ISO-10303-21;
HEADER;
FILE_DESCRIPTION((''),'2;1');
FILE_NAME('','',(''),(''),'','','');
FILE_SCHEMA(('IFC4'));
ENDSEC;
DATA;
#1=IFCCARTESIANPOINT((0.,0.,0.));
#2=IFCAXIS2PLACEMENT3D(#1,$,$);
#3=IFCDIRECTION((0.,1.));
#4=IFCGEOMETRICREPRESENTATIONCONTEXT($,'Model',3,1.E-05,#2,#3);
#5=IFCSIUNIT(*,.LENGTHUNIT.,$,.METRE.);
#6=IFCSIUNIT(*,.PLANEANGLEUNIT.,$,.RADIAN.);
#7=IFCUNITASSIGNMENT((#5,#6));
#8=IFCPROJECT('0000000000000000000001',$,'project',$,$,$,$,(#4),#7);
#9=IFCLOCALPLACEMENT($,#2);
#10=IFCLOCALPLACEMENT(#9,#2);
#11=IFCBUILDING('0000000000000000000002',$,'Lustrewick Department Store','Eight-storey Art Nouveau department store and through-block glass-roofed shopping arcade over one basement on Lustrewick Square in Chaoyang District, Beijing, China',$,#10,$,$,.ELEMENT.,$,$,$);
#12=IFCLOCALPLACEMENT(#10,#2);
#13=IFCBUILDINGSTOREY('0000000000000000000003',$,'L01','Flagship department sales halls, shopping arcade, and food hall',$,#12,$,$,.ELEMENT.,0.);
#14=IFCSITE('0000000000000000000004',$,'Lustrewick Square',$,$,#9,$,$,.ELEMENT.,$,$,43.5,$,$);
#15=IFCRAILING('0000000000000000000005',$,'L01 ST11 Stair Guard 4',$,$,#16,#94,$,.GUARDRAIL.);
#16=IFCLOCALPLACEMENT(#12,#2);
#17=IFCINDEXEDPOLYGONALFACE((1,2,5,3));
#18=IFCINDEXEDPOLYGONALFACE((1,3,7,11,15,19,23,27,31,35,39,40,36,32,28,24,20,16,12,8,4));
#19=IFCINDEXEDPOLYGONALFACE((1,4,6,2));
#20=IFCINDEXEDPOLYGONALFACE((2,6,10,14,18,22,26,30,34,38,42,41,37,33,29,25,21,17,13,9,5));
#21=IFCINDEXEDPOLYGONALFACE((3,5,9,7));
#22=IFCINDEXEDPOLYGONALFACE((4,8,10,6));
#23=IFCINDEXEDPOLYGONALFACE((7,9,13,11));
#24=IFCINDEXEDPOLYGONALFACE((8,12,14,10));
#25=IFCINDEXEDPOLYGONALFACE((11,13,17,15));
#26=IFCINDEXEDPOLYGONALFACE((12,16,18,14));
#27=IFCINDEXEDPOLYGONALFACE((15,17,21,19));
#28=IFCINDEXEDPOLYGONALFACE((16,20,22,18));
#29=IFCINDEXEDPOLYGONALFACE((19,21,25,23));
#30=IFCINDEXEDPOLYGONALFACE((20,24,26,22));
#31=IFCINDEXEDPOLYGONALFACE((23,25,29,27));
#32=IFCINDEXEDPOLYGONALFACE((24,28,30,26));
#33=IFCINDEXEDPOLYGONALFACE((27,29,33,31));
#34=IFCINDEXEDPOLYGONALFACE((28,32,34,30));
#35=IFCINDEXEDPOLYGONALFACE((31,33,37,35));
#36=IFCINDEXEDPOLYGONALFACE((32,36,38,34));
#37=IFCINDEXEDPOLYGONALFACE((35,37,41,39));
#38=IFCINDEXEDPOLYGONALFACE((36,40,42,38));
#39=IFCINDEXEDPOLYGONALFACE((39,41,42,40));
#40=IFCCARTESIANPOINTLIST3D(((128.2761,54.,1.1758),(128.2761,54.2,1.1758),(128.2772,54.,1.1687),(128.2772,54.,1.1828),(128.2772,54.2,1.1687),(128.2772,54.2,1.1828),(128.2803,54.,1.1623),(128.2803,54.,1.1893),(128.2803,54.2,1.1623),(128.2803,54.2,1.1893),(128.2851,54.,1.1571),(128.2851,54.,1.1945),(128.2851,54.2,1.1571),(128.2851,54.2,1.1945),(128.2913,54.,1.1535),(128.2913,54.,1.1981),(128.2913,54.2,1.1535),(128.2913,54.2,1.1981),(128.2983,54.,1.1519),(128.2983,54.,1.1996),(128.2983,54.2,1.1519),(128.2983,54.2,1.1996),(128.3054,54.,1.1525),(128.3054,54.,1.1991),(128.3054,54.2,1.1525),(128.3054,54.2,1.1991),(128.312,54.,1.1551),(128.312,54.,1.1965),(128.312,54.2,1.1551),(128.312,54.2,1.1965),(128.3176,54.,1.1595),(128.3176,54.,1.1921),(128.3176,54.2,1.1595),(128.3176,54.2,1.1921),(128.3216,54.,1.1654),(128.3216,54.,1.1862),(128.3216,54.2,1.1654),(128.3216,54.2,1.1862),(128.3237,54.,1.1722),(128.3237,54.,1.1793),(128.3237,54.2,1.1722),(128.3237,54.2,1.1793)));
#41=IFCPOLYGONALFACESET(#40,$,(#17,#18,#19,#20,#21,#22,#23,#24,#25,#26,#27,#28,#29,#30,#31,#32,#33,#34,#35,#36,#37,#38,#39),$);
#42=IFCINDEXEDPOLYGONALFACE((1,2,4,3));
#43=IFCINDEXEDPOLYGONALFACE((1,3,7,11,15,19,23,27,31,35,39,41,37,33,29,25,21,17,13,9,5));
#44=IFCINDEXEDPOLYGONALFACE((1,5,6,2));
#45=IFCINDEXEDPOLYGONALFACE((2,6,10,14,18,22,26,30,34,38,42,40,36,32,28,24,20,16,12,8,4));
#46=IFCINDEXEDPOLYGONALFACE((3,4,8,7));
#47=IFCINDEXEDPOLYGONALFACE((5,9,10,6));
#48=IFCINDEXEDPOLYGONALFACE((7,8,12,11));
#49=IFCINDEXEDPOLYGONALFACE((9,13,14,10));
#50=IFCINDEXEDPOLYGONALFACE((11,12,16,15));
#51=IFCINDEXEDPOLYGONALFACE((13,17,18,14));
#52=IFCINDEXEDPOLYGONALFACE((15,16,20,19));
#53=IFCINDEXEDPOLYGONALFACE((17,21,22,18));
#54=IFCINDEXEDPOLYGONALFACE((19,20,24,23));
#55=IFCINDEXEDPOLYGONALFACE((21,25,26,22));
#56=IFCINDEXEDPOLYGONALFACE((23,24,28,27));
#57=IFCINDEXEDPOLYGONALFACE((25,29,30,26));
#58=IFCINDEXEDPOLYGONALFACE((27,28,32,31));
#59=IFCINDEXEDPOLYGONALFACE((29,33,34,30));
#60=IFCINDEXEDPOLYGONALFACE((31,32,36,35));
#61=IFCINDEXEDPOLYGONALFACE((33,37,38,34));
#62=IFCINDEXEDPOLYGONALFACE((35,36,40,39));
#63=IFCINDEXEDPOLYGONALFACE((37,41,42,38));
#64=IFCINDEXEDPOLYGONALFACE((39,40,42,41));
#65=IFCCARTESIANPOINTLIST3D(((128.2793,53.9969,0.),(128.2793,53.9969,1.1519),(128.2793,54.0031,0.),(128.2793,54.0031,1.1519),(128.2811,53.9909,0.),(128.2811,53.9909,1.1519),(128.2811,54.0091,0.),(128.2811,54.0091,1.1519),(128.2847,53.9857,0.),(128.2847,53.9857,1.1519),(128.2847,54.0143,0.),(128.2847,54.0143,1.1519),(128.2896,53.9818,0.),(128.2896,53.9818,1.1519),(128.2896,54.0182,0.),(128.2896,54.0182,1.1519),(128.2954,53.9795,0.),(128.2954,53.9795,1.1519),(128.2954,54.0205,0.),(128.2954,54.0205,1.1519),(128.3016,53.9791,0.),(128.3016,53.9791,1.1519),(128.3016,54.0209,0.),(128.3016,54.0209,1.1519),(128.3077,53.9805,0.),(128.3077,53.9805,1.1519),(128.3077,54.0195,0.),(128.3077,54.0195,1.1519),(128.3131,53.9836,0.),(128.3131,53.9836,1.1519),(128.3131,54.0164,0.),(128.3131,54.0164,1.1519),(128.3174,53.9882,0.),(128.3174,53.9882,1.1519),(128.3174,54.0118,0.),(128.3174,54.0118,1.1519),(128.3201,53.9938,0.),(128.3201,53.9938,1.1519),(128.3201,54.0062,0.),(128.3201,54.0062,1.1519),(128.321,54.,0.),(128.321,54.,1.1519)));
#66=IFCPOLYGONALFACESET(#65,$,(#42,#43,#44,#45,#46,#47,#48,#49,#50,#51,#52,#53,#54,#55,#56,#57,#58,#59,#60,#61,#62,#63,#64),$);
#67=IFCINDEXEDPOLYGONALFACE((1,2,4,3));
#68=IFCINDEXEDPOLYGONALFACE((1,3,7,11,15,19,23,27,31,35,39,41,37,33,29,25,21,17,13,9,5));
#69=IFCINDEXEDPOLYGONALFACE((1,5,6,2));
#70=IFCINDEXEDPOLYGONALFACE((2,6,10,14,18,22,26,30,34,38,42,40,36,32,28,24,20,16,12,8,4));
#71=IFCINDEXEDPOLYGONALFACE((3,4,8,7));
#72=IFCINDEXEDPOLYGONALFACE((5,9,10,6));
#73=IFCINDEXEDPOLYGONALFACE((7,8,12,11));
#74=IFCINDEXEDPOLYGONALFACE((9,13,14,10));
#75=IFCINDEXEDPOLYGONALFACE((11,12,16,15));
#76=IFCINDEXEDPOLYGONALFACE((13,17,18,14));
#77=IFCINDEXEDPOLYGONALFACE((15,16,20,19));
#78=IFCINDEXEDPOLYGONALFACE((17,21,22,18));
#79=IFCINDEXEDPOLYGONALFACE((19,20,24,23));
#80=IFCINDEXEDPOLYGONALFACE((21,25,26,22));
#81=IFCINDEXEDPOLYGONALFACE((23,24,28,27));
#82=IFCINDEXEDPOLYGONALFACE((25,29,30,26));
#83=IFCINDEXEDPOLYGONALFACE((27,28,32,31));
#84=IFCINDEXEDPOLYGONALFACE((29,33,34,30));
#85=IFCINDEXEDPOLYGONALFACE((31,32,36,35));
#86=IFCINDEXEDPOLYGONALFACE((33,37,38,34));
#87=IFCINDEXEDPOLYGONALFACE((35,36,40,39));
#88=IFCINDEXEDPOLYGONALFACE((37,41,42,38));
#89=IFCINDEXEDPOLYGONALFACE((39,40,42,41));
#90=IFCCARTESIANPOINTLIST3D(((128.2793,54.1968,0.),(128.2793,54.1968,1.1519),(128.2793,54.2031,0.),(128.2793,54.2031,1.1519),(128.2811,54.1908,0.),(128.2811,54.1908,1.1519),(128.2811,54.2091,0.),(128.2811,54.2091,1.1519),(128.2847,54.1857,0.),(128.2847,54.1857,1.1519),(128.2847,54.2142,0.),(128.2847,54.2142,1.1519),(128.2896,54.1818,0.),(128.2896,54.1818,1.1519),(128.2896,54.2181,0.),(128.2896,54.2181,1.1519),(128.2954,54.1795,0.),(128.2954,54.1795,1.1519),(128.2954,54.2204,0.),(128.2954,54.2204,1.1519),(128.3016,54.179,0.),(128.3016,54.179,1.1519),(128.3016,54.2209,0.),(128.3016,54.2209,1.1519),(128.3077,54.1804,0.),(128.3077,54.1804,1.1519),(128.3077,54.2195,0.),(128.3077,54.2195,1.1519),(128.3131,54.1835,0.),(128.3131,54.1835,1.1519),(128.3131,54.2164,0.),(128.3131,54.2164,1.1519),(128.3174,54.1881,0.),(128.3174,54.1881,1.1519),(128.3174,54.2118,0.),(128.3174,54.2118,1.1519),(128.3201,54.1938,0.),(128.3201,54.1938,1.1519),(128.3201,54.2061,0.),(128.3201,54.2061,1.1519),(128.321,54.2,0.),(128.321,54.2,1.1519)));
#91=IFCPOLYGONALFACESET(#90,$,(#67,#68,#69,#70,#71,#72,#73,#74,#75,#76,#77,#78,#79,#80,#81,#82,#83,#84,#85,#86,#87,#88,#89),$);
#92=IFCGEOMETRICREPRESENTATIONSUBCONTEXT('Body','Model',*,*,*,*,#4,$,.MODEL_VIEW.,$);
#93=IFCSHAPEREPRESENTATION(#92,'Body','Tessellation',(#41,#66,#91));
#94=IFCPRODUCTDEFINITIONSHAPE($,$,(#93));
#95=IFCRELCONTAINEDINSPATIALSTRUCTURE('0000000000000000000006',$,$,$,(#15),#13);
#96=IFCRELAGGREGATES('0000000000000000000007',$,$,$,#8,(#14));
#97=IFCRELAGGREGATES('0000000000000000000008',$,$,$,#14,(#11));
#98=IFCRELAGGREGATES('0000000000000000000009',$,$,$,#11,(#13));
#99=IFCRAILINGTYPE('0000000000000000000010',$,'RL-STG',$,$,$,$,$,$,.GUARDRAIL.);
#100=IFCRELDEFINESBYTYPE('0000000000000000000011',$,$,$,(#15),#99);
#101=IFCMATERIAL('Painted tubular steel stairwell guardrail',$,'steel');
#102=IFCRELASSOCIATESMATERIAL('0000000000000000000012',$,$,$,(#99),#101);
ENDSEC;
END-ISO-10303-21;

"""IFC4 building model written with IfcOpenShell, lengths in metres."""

from ifc_helpers import new_model, si_unit, direction, frame, origin, origin_2d, place, context, subcontext, project, spatial, circle, extrude, material, type_object, element, save


model = new_model("IFC4")

# Units and contexts
model_context = context("Model", 3, precision=1e-05, world=origin(), true_north=direction((0.0, 1.0)))
body_context = subcontext(model_context, "Body", "Model", "MODEL_VIEW")
ifc_project = project(units=[si_unit("LENGTHUNIT", "METRE"), si_unit("PLANEANGLEUNIT", "RADIAN")], contexts=[model_context])

# Site, building, storey
site_placement = place(None, origin())
site = spatial("IfcSite", under=ifc_project, at=site_placement, Name="Lustrewick Square", CompositionType="ELEMENT", RefElevation=43.5)
building_placement = place(site_placement, origin())
building = spatial("IfcBuilding", under=site, at=building_placement, Name="Lustrewick Department Store", Description="Eight-storey Art Nouveau department store and through-block glass-roofed shopping arcade over one basement on Lustrewick Square in Chaoyang District, Beijing, China", CompositionType="ELEMENT")
storey_placement = place(building_placement, origin())
storey = spatial("IfcBuildingStorey", under=building, at=storey_placement, Name="L01", Description="Flagship department sales halls, shopping arcade, and food hall", CompositionType="ELEMENT", Elevation=0.0)

# Railing
ifc_material_1 = material(Name="Painted tubular steel stairwell guardrail", Category="steel")
railing_type_1 = type_object("IfcRailingType", Name="RL-STG", PredefinedType="GUARDRAIL", material=ifc_material_1)
railing_1_placement = place(storey_placement, frame((128.3, 54.0, 0.0)))
element("IfcRailing", 1, at=railing_1_placement, inside=storey, type_object=railing_type_1, Name="L01 ST11 Stair Guard 4", PredefinedType="GUARDRAIL", context=body_context, shape_type="SweptSolid", body=[
    extrude(circle(Radius=0.0239, at=origin_2d()), frame((0.0, 0.0, 1.1758), z_axis=(0.0, 1.0, 0.0), x_axis=(-1.0, 0.0, 0.0)), (0.0, 0.0, 1.0), 0.2),
    extrude(circle(Radius=0.021, at=origin_2d()), origin(), (0.0, 0.0, 1.0), 1.1519),
    extrude(circle(Radius=0.021, at=origin_2d()), frame((0.0, 0.2, 0.0)), (0.0, 0.0, 1.0), 1.1519),
])

save(model, "model.ifc")
